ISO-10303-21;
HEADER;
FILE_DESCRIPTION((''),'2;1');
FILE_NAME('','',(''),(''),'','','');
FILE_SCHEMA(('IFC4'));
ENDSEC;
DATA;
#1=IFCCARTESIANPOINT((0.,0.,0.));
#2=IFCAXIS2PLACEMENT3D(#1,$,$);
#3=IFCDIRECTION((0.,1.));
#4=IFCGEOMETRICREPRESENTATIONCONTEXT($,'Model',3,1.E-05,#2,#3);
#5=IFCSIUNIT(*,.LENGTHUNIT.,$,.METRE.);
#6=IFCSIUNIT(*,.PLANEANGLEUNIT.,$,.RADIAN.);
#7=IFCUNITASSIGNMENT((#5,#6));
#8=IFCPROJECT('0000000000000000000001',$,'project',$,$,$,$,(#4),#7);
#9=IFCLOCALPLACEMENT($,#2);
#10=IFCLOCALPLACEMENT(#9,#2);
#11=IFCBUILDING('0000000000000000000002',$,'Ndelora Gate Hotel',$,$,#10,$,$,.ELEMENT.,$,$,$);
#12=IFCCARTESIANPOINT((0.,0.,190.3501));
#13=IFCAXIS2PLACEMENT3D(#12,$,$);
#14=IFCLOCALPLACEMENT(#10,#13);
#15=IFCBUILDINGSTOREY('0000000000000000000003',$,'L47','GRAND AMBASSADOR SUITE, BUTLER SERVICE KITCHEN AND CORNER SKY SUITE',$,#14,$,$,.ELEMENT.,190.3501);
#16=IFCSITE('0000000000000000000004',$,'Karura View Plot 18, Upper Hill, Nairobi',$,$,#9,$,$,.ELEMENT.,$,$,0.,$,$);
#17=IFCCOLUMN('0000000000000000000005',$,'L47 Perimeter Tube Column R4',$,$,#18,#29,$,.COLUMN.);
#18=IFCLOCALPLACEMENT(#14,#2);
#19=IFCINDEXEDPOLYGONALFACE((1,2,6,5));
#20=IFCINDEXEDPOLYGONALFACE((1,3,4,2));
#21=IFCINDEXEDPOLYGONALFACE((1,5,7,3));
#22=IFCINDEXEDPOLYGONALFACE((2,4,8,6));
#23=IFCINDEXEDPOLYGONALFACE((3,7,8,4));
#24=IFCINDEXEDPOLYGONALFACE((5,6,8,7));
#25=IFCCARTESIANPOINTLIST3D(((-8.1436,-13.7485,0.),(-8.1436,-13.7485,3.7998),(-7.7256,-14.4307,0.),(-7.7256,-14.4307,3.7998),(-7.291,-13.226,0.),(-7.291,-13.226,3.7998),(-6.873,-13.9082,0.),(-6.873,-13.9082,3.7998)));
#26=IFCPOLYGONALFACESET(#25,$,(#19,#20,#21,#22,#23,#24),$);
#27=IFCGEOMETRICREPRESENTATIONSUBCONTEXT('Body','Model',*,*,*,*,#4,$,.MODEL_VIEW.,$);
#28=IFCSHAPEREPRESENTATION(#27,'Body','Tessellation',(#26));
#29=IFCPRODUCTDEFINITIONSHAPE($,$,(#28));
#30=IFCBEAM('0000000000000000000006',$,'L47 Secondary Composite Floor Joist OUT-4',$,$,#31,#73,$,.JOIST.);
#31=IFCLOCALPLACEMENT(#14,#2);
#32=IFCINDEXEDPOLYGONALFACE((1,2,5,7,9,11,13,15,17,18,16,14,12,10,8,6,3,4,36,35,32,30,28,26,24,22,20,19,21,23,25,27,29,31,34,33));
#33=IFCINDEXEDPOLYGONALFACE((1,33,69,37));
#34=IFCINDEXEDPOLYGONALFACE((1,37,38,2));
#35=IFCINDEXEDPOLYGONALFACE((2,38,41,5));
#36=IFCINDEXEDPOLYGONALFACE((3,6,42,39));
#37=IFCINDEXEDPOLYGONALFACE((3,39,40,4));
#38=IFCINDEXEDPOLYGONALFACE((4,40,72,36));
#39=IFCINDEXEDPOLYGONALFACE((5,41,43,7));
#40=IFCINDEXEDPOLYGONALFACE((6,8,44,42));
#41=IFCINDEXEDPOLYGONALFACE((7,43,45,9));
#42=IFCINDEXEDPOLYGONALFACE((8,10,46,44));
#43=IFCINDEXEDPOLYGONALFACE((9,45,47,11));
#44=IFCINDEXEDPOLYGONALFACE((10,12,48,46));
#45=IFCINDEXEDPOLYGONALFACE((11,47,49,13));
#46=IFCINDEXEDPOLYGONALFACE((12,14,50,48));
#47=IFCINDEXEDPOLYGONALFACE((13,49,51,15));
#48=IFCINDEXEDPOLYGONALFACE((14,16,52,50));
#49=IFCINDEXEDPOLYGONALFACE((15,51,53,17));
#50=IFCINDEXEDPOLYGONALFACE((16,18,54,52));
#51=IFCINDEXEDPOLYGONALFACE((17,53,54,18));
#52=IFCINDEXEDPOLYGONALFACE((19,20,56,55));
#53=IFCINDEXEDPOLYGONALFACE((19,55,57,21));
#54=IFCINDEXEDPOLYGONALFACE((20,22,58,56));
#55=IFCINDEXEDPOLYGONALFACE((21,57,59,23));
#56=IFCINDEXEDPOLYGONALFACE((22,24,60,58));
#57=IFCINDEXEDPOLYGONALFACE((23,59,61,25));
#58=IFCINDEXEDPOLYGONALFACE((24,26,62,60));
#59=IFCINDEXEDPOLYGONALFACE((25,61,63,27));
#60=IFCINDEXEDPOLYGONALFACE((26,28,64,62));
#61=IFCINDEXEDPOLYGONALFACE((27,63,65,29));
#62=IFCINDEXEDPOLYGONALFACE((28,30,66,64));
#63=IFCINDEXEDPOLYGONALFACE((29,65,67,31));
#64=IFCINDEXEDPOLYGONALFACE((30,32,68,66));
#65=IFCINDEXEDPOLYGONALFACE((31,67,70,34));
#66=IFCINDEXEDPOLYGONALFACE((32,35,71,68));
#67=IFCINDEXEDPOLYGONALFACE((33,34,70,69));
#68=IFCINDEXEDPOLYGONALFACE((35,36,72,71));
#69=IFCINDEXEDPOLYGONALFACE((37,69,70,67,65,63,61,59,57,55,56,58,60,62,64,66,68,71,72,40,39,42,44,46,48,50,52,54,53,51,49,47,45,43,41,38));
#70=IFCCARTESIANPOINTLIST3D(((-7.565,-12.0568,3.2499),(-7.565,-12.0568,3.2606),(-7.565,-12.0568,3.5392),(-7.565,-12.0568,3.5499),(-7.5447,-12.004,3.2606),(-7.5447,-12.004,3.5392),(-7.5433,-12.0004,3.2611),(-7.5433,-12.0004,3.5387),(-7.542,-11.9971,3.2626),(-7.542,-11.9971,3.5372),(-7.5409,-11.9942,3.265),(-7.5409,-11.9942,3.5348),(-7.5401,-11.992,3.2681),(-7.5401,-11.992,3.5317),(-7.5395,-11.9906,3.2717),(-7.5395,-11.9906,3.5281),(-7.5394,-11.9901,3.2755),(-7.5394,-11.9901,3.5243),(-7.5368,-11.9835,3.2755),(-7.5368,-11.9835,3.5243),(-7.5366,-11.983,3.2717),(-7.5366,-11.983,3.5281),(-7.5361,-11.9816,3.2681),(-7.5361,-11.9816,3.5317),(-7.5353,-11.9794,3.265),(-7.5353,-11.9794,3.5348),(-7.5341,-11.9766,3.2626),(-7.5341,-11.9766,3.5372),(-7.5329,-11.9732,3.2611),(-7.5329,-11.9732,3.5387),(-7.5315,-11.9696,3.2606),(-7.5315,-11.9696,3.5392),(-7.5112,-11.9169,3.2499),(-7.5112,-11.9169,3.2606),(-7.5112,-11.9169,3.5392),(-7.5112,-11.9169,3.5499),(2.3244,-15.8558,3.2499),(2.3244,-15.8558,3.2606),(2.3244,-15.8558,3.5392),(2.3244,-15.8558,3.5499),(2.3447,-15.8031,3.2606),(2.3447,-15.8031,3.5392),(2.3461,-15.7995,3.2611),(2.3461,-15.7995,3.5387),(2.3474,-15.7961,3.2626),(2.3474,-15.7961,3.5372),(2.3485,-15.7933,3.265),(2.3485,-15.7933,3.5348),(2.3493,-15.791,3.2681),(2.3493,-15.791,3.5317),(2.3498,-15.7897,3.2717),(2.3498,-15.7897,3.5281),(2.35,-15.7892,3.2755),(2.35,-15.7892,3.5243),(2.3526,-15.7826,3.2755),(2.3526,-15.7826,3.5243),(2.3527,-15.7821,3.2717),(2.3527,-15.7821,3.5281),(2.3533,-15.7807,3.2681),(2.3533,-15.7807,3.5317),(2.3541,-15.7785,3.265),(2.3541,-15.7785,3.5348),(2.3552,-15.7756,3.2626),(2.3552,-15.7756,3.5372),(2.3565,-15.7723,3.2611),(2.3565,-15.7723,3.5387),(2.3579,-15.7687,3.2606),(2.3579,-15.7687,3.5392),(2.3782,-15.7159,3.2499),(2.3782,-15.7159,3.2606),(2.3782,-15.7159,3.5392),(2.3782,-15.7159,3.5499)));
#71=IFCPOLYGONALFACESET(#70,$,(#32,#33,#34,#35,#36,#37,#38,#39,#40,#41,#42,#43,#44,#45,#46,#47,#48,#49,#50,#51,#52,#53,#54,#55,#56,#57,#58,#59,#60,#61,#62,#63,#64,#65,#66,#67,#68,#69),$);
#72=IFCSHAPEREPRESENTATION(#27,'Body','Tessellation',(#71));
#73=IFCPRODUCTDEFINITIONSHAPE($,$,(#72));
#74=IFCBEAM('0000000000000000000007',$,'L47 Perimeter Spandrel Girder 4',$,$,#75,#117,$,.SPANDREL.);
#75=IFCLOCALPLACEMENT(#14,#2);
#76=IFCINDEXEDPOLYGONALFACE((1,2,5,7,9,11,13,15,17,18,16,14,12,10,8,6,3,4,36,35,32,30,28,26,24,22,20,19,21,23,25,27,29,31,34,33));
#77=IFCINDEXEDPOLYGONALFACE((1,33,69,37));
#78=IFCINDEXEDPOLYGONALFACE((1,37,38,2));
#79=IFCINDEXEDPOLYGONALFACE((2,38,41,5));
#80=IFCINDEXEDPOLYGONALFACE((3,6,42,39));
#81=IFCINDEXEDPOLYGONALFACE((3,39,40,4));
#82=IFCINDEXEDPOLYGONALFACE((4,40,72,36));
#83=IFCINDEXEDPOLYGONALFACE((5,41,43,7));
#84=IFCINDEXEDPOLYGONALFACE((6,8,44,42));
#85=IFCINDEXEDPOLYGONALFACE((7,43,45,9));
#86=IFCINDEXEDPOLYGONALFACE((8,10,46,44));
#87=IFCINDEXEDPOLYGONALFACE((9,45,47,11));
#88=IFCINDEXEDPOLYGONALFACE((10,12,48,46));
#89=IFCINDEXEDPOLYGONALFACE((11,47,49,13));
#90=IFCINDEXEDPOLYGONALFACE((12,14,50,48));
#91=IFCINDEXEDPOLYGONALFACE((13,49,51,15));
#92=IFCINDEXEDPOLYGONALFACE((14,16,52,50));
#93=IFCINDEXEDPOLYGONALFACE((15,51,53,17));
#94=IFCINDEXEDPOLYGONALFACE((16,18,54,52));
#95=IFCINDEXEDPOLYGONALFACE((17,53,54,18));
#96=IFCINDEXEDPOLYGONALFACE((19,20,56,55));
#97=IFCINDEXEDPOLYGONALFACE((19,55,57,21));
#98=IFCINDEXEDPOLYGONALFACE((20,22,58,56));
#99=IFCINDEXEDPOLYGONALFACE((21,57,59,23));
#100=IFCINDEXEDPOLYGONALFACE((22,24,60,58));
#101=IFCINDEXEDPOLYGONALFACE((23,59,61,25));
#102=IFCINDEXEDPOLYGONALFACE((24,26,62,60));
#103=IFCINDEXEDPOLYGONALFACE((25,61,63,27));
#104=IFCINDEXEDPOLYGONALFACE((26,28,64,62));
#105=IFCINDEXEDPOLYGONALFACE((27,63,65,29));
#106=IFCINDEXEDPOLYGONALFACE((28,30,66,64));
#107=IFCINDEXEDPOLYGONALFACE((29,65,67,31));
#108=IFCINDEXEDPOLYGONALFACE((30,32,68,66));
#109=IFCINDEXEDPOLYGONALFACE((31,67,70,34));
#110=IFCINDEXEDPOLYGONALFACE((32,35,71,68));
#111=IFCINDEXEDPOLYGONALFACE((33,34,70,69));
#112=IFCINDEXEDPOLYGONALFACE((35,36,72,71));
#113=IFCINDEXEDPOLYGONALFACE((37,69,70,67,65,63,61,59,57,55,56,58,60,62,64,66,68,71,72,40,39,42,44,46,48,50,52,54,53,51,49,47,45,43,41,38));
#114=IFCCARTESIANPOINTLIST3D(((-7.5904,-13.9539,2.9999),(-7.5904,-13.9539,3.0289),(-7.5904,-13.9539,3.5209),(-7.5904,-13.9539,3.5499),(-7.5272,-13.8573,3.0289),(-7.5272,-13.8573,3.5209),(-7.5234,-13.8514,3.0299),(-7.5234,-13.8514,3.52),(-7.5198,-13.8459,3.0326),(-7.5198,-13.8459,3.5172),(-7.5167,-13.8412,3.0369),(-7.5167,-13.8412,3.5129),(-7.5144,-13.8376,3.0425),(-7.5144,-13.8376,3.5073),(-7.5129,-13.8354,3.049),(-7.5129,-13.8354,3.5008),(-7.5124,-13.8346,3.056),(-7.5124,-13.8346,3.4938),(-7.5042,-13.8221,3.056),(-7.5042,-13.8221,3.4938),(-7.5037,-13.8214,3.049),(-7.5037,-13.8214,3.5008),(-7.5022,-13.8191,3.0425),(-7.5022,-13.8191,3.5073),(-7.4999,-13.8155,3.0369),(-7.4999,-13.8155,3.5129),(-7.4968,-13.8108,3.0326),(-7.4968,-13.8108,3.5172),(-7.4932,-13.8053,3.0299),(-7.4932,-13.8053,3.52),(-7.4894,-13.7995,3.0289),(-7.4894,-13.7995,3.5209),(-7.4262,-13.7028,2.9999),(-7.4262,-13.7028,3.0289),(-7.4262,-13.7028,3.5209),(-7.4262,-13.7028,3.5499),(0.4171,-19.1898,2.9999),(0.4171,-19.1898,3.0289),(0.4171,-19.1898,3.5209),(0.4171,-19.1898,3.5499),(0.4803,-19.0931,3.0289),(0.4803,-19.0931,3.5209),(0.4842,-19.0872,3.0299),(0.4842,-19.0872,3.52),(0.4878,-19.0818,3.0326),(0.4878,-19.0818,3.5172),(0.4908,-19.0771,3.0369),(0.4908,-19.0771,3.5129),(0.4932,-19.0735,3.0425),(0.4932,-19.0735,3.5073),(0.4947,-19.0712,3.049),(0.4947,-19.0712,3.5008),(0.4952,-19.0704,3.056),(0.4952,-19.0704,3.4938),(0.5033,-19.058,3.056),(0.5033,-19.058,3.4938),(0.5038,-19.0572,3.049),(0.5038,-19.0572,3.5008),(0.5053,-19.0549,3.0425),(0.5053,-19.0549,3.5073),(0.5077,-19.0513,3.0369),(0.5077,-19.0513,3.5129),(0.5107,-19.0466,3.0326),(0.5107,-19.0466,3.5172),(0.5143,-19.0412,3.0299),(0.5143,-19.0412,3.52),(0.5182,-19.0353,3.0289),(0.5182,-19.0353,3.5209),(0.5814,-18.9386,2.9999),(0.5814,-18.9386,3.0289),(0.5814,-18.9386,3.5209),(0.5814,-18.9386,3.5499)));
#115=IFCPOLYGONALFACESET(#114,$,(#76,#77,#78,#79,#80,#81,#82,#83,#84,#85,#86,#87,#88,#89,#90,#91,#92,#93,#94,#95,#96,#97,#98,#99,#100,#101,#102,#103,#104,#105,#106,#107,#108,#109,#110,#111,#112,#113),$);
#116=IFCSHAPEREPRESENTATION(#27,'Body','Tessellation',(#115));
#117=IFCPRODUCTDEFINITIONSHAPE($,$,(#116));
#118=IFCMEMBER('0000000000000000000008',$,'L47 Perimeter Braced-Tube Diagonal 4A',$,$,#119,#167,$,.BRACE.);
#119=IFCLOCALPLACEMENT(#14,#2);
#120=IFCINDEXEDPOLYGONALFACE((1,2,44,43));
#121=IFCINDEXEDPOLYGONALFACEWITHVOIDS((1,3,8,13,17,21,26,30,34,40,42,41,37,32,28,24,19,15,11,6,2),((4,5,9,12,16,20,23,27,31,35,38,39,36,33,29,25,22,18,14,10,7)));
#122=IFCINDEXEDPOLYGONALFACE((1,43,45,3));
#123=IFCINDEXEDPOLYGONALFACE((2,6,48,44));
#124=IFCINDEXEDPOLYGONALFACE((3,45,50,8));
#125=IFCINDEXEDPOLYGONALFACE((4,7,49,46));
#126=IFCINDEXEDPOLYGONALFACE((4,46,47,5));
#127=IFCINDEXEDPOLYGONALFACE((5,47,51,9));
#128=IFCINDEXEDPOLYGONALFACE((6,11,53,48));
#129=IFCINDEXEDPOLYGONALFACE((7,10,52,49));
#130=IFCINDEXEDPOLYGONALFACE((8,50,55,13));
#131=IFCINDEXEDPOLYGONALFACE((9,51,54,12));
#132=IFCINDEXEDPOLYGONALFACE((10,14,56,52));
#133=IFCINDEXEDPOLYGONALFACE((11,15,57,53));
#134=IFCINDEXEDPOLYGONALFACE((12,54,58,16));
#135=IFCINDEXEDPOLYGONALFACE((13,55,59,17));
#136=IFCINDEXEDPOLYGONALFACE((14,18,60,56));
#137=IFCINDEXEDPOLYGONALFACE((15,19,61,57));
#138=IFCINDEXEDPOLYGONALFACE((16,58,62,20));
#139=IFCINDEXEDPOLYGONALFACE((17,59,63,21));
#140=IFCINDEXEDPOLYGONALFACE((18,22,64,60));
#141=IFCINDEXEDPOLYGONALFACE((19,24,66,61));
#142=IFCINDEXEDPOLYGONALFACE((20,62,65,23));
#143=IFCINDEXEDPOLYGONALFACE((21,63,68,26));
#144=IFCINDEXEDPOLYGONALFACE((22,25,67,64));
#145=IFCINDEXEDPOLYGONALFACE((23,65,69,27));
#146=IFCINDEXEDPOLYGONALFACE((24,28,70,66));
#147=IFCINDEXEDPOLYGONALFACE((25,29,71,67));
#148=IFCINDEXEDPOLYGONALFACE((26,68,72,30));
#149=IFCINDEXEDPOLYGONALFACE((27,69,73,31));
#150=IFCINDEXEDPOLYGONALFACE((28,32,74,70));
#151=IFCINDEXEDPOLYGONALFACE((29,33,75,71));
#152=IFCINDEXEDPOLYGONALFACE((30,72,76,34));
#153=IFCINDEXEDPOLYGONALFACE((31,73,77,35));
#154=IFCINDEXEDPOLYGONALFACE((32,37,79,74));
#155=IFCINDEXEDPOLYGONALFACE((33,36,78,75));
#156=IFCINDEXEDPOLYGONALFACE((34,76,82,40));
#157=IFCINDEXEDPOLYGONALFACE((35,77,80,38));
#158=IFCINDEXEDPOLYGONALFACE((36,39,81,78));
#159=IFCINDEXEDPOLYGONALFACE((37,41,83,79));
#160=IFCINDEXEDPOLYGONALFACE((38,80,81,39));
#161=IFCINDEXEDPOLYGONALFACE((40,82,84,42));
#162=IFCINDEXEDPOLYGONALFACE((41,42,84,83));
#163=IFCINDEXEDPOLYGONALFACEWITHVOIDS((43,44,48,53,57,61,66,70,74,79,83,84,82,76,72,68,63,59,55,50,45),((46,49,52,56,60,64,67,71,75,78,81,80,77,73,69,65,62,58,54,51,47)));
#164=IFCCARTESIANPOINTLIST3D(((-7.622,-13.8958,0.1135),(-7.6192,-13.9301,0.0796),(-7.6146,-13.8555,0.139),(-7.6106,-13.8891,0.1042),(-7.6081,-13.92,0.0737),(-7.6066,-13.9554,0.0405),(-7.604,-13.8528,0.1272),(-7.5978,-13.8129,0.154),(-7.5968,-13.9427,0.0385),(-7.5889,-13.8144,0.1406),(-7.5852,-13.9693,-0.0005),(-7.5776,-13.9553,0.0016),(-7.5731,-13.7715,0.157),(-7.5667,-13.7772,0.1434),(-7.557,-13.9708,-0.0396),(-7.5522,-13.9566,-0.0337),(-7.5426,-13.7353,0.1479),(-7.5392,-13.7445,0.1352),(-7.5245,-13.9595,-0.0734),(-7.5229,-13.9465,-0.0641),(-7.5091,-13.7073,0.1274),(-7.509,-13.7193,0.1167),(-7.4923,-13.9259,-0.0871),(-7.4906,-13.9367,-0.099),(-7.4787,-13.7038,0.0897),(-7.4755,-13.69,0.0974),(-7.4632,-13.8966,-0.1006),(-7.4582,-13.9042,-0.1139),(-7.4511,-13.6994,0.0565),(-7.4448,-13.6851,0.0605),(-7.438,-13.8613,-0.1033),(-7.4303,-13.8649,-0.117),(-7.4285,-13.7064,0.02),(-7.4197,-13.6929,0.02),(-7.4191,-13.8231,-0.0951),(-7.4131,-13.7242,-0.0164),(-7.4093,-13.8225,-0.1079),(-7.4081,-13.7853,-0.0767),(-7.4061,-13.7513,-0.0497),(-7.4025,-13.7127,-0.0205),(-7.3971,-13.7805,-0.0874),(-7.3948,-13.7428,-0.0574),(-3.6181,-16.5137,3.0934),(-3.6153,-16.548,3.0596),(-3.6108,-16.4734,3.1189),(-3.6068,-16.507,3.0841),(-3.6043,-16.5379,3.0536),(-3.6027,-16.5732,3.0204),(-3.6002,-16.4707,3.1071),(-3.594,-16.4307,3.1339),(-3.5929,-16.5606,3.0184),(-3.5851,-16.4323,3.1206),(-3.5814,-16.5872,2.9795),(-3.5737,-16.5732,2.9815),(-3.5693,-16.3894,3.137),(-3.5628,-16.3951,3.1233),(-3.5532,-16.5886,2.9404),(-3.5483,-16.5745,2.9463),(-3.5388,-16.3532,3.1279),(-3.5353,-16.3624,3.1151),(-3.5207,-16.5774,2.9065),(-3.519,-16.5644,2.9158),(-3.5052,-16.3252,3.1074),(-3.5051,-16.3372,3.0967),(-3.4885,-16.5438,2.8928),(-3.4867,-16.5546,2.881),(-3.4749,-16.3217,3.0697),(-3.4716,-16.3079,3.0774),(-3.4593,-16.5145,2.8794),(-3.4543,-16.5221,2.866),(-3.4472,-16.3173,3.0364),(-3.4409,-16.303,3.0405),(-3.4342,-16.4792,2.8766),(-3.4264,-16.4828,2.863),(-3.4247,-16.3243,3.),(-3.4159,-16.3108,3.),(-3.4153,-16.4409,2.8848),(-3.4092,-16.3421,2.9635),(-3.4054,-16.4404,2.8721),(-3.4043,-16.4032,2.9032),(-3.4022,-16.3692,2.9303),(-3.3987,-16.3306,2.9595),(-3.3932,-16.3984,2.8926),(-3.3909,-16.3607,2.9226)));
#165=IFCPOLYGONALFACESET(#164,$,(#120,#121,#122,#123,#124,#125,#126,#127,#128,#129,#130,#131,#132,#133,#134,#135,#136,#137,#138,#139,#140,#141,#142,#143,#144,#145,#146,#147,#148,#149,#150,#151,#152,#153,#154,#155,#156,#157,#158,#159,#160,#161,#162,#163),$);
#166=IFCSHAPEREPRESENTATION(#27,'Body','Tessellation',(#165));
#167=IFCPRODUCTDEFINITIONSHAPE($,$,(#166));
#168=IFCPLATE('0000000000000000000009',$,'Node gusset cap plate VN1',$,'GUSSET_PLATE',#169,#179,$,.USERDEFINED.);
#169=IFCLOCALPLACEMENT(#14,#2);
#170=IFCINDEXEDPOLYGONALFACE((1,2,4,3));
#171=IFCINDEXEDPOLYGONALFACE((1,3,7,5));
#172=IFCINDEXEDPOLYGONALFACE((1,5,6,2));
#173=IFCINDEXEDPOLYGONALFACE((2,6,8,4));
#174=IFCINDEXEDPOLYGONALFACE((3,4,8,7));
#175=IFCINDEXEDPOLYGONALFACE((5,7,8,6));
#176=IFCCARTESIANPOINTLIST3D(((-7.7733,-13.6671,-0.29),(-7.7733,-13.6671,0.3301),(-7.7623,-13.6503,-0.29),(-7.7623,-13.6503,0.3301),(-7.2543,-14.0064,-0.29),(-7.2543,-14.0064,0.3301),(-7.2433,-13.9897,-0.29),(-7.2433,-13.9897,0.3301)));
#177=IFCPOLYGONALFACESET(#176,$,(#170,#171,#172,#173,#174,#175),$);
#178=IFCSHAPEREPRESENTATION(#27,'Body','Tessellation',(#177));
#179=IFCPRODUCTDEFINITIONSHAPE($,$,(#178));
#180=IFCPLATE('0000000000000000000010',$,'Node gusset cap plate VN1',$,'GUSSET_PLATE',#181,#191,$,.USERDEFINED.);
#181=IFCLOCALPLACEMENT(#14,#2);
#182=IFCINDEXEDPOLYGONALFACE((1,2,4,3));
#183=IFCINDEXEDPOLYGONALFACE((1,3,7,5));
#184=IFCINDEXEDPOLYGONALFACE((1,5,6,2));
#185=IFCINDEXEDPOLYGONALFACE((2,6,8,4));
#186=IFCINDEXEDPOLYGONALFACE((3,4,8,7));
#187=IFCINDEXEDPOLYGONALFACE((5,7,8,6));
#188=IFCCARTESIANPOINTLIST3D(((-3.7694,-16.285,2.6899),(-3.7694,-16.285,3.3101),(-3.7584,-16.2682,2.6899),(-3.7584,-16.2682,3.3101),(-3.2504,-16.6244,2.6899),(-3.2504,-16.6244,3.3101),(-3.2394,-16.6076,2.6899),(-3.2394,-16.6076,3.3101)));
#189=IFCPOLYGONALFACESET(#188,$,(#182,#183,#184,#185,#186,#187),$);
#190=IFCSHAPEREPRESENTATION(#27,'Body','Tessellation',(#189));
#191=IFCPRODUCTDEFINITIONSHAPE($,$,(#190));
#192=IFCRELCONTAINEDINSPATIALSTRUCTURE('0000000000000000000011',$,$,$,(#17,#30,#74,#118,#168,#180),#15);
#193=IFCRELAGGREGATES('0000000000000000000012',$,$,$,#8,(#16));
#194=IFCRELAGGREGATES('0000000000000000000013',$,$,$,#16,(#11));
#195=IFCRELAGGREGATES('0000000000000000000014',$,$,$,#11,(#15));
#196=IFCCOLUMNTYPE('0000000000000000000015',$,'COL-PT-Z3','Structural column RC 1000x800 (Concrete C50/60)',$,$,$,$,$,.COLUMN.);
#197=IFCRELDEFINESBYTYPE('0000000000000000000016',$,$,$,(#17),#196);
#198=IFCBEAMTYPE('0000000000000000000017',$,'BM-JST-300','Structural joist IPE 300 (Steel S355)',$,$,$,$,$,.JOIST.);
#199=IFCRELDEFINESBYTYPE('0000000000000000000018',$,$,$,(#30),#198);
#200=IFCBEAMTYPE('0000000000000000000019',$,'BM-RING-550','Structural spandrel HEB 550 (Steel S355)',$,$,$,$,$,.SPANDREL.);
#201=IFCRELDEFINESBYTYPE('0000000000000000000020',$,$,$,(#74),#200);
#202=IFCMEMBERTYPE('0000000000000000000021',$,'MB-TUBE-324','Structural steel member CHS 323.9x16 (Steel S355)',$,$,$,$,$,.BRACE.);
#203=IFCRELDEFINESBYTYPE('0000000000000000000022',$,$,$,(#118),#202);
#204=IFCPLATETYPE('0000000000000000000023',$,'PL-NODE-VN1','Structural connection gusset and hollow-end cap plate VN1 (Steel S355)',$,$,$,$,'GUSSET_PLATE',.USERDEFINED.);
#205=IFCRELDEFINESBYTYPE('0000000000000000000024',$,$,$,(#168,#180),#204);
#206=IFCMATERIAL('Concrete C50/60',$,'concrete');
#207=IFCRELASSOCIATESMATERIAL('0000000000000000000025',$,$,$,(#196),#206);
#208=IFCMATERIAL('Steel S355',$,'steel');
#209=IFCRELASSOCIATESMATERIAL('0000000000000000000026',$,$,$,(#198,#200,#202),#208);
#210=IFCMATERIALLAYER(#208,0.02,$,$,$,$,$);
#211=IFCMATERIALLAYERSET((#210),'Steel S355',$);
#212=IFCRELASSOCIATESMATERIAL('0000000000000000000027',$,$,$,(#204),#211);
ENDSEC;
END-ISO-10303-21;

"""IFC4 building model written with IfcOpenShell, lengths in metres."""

from ifc_helpers import new_model, si_unit, direction, frame, origin, origin_2d, place, context, subcontext, project, spatial, rectangle, hollow_circle, i_section, extrude, material, layer, layer_set, material_profile, profile_set, type_object, element, save


model = new_model("IFC4")

# Units and contexts
model_context = context("Model", 3, precision=1e-05, world=origin(), true_north=direction((0.0, 1.0)))
body_context = subcontext(model_context, "Body", "Model", "MODEL_VIEW")
ifc_project = project(units=[si_unit("LENGTHUNIT", "METRE"), si_unit("PLANEANGLEUNIT", "RADIAN")], contexts=[model_context])

# Site, building, storey
site_placement = place(None, origin())
site = spatial("IfcSite", under=ifc_project, at=site_placement, Name="Karura View Plot 18, Upper Hill, Nairobi", CompositionType="ELEMENT", RefElevation=0.0)
building_placement = place(site_placement, origin())
building = spatial("IfcBuilding", under=site, at=building_placement, Name="Ndelora Gate Hotel", CompositionType="ELEMENT")
storey_placement = place(building_placement, frame((0.0, 0.0, 190.3501)))
storey = spatial("IfcBuildingStorey", under=building, at=storey_placement, Name="L47", Description="GRAND AMBASSADOR SUITE, BUTLER SERVICE KITCHEN AND CORNER SKY SUITE", CompositionType="ELEMENT", Elevation=190.3501)

# Column
ifc_material_1 = material(Name="Concrete C50/60", Category="concrete")
ifc_material_profile_1 = material_profile(ifc_material_1, rectangle(XDim=0.8, YDim=1.0, at=origin_2d()), Name="RC 1000x800")
ifc_profile_set_1 = profile_set([ifc_material_profile_1], Name="Concrete C50/60")
column_type = type_object("IfcColumnType", Name="COL-PT-Z3", Description="Structural column RC 1000x800 (Concrete C50/60)", PredefinedType="COLUMN", material=ifc_profile_set_1)
column_placement = place(storey_placement, frame((-7.5083, -13.8284, 0.0), z_axis=(0.0, 0.0, 1.0), x_axis=(-0.522499, 0.85264, 0.0)))
element("IfcColumn", 1, at=column_placement, inside=storey, type_object=column_type, Name="L47 Perimeter Tube Column R4", PredefinedType="COLUMN", context=body_context, shape_type="SweptSolid", body=[
    extrude(rectangle(XDim=0.8, YDim=1.0, at=origin_2d()), origin(), (0.0, 0.0, 1.0), 3.7998),
])

# Beams
ifc_material_2 = material(Name="Steel S355", Category="steel")
ifc_material_profile_2 = material_profile(ifc_material_2, i_section(OverallWidth=0.1499, OverallDepth=0.3, WebThickness=0.0071, FlangeThickness=0.0107, FilletRadius=0.0149, at=origin_2d()), Name="IPE 300")
ifc_profile_set_2 = profile_set([ifc_material_profile_2], Name="Steel S355")
beam_type_1 = type_object("IfcBeamType", Name="BM-JST-300", Description="Structural joist IPE 300 (Steel S355)", PredefinedType="JOIST", material=ifc_profile_set_2)
beam_1_placement = place(storey_placement, frame((-7.5381, -11.9868, 3.3999), z_axis=(0.933489, -0.358605, 0.0), x_axis=(0.358605, 0.933489, 0.0)))
element("IfcBeam", 2, at=beam_1_placement, inside=storey, type_object=beam_type_1, Name="L47 Secondary Composite Floor Joist OUT-4", PredefinedType="JOIST", context=body_context, shape_type="SweptSolid", body=[
    extrude(i_section(OverallWidth=0.1499, OverallDepth=0.3, WebThickness=0.0071, FlangeThickness=0.0107, FilletRadius=0.0149, at=origin_2d()), origin(), (0.0, 0.0, 1.0), 10.594),
])
ifc_material_profile_3 = material_profile(ifc_material_2, i_section(OverallWidth=0.3, OverallDepth=0.55, WebThickness=0.0149, FlangeThickness=0.0291, FilletRadius=0.0271, at=origin_2d()), Name="HEB 550")
ifc_profile_set_3 = profile_set([ifc_material_profile_3], Name="Steel S355")
beam_type_2 = type_object("IfcBeamType", Name="BM-RING-550", Description="Structural spandrel HEB 550 (Steel S355)", PredefinedType="SPANDREL", material=ifc_profile_set_3)
beam_2_placement = place(storey_placement, frame((-7.5083, -13.8284, 3.2749), z_axis=(0.836964, -0.547258, 0.0), x_axis=(0.547258, 0.836964, 0.0)))
element("IfcBeam", 3, at=beam_2_placement, inside=storey, type_object=beam_type_2, Name="L47 Perimeter Spandrel Girder 4", PredefinedType="SPANDREL", context=body_context, shape_type="SweptSolid", body=[
    extrude(i_section(OverallWidth=0.3, OverallDepth=0.55, WebThickness=0.0149, FlangeThickness=0.0291, FilletRadius=0.0271, at=origin_2d()), origin(), (0.0, 0.0, 1.0), 9.5674),
])

# Member
ifc_material_profile_4 = material_profile(ifc_material_2, hollow_circle(Radius=0.1619, WallThickness=0.0161, at=origin_2d()), Name="CHS 323.9x16")
ifc_profile_set_4 = profile_set([ifc_material_profile_4], Name="Steel S355")
member_type = type_object("IfcMemberType", Name="MB-TUBE-324", Description="Structural steel member CHS 323.9x16 (Steel S355)", PredefinedType="BRACE", material=ifc_profile_set_4)
member_placement = place(storey_placement, frame((-7.5083, -13.8284, 0.02), z_axis=(0.71041, -0.464496, 0.528736), x_axis=(0.547247, 0.836971, 0.0)))
element("IfcMember", 4, at=member_placement, inside=storey, type_object=member_type, Name="L47 Perimeter Braced-Tube Diagonal 4A", PredefinedType="BRACE", context=body_context, shape_type="SweptSolid", body=[
    extrude(hollow_circle(Radius=0.1619, WallThickness=0.0161, at=origin_2d()), origin(), (0.0, 0.0, 1.0), 5.636),
])

# Plates
ifc_layer_1 = layer(ifc_material_2, 0.02)
ifc_layer_set_1 = layer_set([ifc_layer_1], Name="Steel S355")
plate_type = type_object("IfcPlateType", Name="PL-NODE-VN1", Description="Structural connection gusset and hollow-end cap plate VN1 (Steel S355)", ElementType="GUSSET_PLATE", PredefinedType="USERDEFINED", material=ifc_layer_set_1)
for number, where, z_axis, x_axis, name in (
    (5, (-7.5083, -13.8284, -0.29), (0.0, 0.0, 1.0), (-0.836955, 0.547271, 0.0), "Node gusset cap plate VN1"),
    (6, (-3.5044, -16.4463, 2.6899), (0.0, 0.0, 1.0), (-0.836955, 0.547271, 0.0), "Node gusset cap plate VN1"),
):
    element("IfcPlate", number, at=place(storey_placement, frame(where, z_axis=z_axis, x_axis=x_axis)), inside=storey, type_object=plate_type, Name=name, ObjectType="GUSSET_PLATE", PredefinedType="USERDEFINED", context=body_context, shape_type="SweptSolid", body=[
        extrude(rectangle(XDim=0.6201, YDim=0.02, at=origin_2d()), origin(), (0.0, 0.0, 1.0), 0.6201),
    ])

save(model, "model.ifc")
